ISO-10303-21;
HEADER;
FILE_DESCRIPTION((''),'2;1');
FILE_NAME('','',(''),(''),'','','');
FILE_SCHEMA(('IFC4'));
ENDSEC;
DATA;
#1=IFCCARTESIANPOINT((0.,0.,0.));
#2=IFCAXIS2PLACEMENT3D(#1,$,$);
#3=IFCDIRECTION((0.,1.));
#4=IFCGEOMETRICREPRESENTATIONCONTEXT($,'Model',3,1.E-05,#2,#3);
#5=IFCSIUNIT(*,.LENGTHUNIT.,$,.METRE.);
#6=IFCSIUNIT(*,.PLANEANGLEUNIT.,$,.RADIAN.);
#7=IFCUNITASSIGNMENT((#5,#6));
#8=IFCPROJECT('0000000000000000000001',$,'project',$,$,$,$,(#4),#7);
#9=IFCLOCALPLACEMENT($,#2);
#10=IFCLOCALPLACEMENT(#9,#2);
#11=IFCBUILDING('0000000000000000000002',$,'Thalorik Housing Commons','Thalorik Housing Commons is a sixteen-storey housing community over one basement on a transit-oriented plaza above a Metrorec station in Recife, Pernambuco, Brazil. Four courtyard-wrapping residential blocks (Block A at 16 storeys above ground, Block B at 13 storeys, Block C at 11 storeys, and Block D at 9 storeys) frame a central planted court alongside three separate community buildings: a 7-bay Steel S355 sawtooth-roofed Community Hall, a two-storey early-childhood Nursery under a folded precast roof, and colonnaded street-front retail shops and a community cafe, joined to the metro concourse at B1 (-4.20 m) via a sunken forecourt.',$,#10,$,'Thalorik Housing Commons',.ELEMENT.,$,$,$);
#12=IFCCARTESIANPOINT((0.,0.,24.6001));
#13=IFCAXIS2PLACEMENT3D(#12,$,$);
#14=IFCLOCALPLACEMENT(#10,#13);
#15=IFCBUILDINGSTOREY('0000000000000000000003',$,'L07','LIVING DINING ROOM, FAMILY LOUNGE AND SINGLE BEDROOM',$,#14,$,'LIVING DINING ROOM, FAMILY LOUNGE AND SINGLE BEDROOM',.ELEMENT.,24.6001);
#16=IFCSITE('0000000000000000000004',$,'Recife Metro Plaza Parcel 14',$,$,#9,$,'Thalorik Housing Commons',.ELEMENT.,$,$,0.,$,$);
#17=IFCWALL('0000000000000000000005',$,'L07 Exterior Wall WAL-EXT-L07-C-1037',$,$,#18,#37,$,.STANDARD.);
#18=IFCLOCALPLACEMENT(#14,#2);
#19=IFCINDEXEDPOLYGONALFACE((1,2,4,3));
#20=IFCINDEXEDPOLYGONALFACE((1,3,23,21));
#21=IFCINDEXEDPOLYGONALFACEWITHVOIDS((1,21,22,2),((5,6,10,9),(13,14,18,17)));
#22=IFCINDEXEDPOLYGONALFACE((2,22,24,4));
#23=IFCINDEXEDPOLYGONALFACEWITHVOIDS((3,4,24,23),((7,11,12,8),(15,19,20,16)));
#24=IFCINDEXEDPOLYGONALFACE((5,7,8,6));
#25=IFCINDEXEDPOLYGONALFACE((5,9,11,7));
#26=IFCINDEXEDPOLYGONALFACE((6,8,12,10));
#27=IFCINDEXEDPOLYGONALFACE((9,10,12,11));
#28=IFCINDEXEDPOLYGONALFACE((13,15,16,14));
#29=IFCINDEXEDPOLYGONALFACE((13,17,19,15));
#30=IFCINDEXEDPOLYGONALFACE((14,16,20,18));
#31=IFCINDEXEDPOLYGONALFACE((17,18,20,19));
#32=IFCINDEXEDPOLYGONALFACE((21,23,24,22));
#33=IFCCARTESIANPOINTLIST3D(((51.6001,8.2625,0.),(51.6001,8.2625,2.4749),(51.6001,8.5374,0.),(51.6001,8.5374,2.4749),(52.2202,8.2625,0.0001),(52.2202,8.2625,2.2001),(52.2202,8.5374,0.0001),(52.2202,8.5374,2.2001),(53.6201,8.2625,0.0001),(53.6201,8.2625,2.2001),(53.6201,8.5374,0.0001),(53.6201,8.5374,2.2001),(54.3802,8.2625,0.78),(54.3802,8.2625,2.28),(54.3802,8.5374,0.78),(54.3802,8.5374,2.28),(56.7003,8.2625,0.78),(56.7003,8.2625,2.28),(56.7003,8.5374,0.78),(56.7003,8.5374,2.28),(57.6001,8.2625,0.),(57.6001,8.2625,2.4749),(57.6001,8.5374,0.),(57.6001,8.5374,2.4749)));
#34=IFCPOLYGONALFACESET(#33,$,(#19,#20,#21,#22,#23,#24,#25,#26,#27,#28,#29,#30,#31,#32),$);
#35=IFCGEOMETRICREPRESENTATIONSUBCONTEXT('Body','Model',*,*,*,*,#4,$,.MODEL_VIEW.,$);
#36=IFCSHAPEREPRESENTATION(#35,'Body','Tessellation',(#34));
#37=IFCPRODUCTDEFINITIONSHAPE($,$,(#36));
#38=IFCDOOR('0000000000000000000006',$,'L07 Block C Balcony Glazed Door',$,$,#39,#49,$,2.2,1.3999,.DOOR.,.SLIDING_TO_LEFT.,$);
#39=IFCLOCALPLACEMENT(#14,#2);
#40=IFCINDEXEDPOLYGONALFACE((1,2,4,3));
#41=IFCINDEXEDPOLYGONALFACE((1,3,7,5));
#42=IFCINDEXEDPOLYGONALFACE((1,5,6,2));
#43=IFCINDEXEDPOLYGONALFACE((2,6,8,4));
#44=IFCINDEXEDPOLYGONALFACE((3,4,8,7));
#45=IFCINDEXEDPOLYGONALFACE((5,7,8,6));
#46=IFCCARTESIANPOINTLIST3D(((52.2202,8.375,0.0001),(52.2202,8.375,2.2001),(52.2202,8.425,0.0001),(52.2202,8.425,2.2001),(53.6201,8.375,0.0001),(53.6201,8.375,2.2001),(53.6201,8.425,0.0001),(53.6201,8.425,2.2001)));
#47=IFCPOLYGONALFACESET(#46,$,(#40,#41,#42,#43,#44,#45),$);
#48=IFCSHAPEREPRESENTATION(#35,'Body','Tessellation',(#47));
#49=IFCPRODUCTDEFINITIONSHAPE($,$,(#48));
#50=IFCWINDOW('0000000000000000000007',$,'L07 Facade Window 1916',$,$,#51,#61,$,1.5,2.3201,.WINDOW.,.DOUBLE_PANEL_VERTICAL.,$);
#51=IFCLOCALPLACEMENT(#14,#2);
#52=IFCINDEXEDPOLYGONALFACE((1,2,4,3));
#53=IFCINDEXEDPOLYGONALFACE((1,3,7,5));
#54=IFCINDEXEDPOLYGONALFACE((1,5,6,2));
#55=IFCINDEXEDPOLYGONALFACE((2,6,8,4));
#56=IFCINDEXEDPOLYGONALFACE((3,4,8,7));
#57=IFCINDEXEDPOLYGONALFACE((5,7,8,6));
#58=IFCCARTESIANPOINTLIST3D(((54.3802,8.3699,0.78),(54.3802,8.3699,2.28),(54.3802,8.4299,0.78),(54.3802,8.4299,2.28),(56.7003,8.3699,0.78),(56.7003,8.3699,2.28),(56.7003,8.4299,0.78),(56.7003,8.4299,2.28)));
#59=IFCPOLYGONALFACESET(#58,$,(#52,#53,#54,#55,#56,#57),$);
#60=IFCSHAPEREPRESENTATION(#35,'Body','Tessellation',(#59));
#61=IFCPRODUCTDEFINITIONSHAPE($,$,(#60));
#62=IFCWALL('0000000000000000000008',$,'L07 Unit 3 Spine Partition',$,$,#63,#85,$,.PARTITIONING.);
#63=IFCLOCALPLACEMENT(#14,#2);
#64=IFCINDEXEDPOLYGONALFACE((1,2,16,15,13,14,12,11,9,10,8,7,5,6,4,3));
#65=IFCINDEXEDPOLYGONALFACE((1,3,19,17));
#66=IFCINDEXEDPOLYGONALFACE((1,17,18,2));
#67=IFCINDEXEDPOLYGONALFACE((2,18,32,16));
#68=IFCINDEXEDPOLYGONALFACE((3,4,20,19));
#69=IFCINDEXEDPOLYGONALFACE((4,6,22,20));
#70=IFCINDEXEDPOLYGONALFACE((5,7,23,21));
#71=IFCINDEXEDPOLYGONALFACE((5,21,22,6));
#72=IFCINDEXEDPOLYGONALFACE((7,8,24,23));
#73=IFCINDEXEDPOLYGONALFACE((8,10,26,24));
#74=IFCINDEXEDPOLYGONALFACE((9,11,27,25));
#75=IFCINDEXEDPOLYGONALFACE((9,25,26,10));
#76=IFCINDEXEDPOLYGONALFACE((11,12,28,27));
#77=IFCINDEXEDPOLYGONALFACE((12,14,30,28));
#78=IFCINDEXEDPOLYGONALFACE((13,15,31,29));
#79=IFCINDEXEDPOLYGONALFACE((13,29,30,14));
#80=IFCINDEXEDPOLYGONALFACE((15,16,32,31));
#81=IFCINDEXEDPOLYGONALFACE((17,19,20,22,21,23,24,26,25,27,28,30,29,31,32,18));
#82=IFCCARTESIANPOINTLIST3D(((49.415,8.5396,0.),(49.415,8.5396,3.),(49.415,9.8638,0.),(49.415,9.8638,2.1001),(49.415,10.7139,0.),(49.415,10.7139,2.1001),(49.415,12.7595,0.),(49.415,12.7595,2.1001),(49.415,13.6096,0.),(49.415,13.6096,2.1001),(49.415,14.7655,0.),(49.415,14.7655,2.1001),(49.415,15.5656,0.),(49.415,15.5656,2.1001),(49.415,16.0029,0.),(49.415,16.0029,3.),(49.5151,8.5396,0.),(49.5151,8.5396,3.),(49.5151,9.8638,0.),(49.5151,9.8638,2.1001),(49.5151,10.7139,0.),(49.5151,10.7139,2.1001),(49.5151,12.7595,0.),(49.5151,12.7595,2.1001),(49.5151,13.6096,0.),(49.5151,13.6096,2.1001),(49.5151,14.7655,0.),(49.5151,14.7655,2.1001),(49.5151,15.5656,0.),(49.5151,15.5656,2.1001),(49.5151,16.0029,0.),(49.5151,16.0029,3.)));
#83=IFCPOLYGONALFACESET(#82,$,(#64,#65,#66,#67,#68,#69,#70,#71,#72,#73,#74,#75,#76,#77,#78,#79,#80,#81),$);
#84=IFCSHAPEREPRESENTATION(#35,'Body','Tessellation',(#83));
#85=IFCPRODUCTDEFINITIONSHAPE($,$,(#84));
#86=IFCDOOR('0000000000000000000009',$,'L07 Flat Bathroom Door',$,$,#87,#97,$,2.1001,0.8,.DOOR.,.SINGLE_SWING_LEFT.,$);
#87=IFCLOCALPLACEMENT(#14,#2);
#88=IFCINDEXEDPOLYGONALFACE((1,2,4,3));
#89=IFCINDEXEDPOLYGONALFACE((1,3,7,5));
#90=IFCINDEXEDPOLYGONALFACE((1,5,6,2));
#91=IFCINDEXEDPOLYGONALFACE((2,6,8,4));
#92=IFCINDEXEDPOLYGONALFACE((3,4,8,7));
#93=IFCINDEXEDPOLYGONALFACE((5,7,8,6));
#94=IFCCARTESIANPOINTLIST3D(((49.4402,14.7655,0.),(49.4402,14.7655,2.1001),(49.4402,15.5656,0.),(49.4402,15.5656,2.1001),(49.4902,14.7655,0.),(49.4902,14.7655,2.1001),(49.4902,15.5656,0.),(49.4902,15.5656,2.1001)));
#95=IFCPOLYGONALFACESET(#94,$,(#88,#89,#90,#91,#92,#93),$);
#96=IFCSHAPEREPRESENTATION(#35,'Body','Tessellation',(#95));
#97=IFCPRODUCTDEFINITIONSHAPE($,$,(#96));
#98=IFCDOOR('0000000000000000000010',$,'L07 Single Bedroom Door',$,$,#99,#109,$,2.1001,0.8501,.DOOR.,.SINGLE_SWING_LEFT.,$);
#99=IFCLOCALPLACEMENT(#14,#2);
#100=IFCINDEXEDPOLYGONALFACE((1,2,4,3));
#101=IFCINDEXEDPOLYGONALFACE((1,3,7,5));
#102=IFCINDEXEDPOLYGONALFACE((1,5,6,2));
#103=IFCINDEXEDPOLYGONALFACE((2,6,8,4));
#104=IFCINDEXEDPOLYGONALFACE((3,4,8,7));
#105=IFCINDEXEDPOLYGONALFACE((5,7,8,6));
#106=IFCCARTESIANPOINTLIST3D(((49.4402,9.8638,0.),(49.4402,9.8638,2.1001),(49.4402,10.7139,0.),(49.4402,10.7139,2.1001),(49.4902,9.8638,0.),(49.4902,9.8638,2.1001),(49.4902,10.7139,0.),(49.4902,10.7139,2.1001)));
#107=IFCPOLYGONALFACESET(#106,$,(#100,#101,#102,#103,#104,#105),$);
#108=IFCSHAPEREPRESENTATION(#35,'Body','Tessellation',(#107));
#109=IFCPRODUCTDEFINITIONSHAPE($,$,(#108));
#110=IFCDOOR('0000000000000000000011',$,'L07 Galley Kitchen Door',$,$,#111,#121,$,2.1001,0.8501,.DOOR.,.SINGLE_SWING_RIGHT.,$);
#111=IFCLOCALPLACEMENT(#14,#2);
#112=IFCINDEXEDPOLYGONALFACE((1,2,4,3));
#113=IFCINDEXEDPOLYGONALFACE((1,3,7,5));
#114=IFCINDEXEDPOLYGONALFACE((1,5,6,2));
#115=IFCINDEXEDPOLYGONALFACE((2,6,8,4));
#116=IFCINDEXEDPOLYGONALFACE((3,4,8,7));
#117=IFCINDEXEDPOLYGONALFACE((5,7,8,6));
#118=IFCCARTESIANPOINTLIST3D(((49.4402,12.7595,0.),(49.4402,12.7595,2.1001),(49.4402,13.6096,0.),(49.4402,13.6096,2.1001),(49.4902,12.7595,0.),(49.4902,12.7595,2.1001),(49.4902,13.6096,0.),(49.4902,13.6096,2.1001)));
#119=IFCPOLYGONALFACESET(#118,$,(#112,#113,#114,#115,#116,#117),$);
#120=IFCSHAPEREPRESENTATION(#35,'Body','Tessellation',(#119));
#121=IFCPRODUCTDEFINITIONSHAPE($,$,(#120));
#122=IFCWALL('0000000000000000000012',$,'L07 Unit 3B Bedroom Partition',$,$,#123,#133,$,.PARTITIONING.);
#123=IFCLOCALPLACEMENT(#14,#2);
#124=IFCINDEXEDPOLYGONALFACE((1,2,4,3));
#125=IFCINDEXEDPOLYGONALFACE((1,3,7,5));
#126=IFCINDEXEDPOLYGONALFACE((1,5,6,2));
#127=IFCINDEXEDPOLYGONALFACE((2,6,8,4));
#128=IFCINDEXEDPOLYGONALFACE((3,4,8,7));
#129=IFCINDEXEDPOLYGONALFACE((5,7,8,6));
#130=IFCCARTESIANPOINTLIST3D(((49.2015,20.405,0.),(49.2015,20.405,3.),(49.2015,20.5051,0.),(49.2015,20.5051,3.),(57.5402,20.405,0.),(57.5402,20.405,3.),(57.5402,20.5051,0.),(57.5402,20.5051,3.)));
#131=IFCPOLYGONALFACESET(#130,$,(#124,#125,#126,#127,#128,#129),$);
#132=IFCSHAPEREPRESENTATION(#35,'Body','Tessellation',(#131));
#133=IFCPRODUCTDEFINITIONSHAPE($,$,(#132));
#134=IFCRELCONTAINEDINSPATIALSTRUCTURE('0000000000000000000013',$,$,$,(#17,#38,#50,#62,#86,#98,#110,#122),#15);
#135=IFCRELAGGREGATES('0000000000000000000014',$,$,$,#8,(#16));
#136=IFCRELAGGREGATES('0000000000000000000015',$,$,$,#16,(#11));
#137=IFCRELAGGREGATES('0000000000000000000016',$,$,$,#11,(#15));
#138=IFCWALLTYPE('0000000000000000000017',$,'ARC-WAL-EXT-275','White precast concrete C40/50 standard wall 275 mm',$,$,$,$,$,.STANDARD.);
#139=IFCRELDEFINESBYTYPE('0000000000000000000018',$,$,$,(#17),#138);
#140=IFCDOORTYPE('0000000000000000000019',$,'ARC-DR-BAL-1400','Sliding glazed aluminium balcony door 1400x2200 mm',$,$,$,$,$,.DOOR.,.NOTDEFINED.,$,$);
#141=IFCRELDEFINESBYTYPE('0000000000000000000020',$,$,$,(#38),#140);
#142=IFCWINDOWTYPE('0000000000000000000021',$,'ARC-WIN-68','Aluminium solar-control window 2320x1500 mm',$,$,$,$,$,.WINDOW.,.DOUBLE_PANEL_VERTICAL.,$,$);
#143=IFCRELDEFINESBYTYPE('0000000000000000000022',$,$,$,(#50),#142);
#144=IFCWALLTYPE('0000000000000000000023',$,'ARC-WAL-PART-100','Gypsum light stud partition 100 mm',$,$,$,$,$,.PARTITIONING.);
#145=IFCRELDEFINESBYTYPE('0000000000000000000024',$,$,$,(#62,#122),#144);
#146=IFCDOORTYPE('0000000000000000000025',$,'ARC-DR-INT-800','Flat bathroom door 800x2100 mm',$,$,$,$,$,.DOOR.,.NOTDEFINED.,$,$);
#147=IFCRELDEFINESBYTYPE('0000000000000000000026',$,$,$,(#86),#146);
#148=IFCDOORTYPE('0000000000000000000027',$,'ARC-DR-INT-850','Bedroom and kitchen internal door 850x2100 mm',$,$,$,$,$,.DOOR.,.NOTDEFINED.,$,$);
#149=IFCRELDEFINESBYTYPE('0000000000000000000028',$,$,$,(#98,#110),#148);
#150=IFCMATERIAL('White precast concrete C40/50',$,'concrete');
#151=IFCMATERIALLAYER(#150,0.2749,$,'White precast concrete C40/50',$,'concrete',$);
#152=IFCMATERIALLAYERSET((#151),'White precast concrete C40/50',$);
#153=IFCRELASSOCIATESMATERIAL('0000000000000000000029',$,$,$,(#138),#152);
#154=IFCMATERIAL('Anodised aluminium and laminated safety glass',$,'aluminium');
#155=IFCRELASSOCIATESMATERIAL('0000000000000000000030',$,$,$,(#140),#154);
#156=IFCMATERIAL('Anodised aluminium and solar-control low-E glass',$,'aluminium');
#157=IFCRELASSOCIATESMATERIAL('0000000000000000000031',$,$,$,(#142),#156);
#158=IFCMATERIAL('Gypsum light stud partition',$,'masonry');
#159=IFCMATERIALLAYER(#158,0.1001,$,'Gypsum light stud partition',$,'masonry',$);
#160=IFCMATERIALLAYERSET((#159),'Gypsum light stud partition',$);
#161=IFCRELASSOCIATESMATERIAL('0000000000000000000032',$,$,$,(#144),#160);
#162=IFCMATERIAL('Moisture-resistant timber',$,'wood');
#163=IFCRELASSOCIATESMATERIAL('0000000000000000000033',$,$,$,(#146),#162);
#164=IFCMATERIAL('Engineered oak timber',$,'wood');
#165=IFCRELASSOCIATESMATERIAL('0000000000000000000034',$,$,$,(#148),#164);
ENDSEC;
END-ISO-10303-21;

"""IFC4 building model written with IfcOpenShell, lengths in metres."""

from ifc_helpers import new_model, si_unit, direction, frame, frame_2d, origin, place, context, subcontext, project, spatial, rectangle, extrude, material, layer, layer_set, type_object, element, fill, save


model = new_model("IFC4")

# Units and contexts
model_context = context("Model", 3, precision=1e-05, world=origin(), true_north=direction((0.0, 1.0)))
body_context = subcontext(model_context, "Body", "Model", "MODEL_VIEW")
ifc_project = project(units=[si_unit("LENGTHUNIT", "METRE"), si_unit("PLANEANGLEUNIT", "RADIAN")], contexts=[model_context])

# Site, building, storey
site_placement = place(None, origin())
site = spatial("IfcSite", under=ifc_project, at=site_placement, Name="Recife Metro Plaza Parcel 14", LongName="Thalorik Housing Commons", CompositionType="ELEMENT", RefElevation=0.0)
building_placement = place(site_placement, origin())
building = spatial("IfcBuilding", under=site, at=building_placement, Name="Thalorik Housing Commons", Description="Thalorik Housing Commons is a sixteen-storey housing community over one basement on a transit-oriented plaza above a Metrorec station in Recife, Pernambuco, Brazil. Four courtyard-wrapping residential blocks (Block A at 16 storeys above ground, Block B at 13 storeys, Block C at 11 storeys, and Block D at 9 storeys) frame a central planted court alongside three separate community buildings: a 7-bay Steel S355 sawtooth-roofed Community Hall, a two-storey early-childhood Nursery under a folded precast roof, and colonnaded street-front retail shops and a community cafe, joined to the metro concourse at B1 (-4.20 m) via a sunken forecourt.", LongName="Thalorik Housing Commons", CompositionType="ELEMENT")
storey_placement = place(building_placement, frame((0.0, 0.0, 24.6001)))
storey = spatial("IfcBuildingStorey", under=building, at=storey_placement, Name="L07", Description="LIVING DINING ROOM, FAMILY LOUNGE AND SINGLE BEDROOM", LongName="LIVING DINING ROOM, FAMILY LOUNGE AND SINGLE BEDROOM", CompositionType="ELEMENT", Elevation=24.6001)

# Wall, openings, door, window
ifc_material_1 = material(Name="White precast concrete C40/50", Category="concrete")
ifc_layer_1 = layer(ifc_material_1, 0.2749, Name="White precast concrete C40/50", Category="concrete")
ifc_layer_set_1 = layer_set([ifc_layer_1], Name="White precast concrete C40/50")
wall_type_1 = type_object("IfcWallType", Name="ARC-WAL-EXT-275", Description="White precast concrete C40/50 standard wall 275 mm", PredefinedType="STANDARD", material=ifc_layer_set_1)
wall_1_placement = place(storey_placement, frame((51.6001, 8.3999, 0.0), z_axis=(0.0, 0.0, 1.0), x_axis=(1.0, 0.0, 0.0)))
wall_1 = element("IfcWall", 1, at=wall_1_placement, inside=storey, type_object=wall_type_1, Name="L07 Exterior Wall WAL-EXT-L07-C-1037", PredefinedType="STANDARD", context=body_context, shape_type="SweptSolid", body=[
    extrude(rectangle(XDim=6.0, YDim=0.2749, at=frame_2d((3.0, 0.0))), origin(), (0.0, 0.0, 1.0), 2.4749),
])
opening_1_placement = place(wall_1_placement, frame((0.6201, 0.0, 0.0)))
opening_1 = element("IfcOpeningElement", 2, at=opening_1_placement, cuts=wall_1, PredefinedType="OPENING", context=body_context, shape_type="SweptSolid", body=[
    extrude(rectangle(XDim=1.3999, YDim=2.2, at=frame_2d((0.7, 1.1001))), frame((0.0, 0.1475, 0.0), z_axis=(0.0, -1.0, 0.0), x_axis=(1.0, 0.0, 0.0)), (0.0, 0.0, 1.0), 0.2949),
])
opening_2_placement = place(wall_1_placement, frame((2.78, 0.0, 0.78)))
opening_2 = element("IfcOpeningElement", 3, at=opening_2_placement, cuts=wall_1, PredefinedType="OPENING", context=body_context, shape_type="SweptSolid", body=[
    extrude(rectangle(XDim=2.3201, YDim=1.5, at=frame_2d((1.1602, 0.75))), frame((0.0, 0.1475, 0.0), z_axis=(0.0, -1.0, 0.0), x_axis=(1.0, 0.0, 0.0)), (0.0, 0.0, 1.0), 0.2949),
])
ifc_material_2 = material(Name="Anodised aluminium and laminated safety glass", Category="aluminium")
door_type_1 = type_object("IfcDoorType", Name="ARC-DR-BAL-1400", Description="Sliding glazed aluminium balcony door 1400x2200 mm", OperationType="NOTDEFINED", PredefinedType="DOOR", material=ifc_material_2)
door_1_placement = place(opening_1_placement, frame((1.3999, 0.0, 0.0), z_axis=(0.0, 0.0, 1.0), x_axis=(-1.0, 0.0, 0.0)))
door_1 = element("IfcDoor", 4, at=door_1_placement, inside=storey, type_object=door_type_1, Name="L07 Block C Balcony Glazed Door", OperationType="SLIDING_TO_LEFT", OverallHeight=2.2, OverallWidth=1.3999, PredefinedType="DOOR", context=body_context, shape_type="SweptSolid", body=[
    extrude(rectangle(XDim=1.3999, YDim=2.2, at=frame_2d((0.7, 1.1001))), frame((0.0, 0.0249, 0.0), z_axis=(0.0, -1.0, 0.0), x_axis=(1.0, 0.0, 0.0)), (0.0, 0.0, 1.0), 0.05),
])
fill(opening_1, door_1)
ifc_material_3 = material(Name="Anodised aluminium and solar-control low-E glass", Category="aluminium")
window_type = type_object("IfcWindowType", Name="ARC-WIN-68", Description="Aluminium solar-control window 2320x1500 mm", PartitioningType="DOUBLE_PANEL_VERTICAL", PredefinedType="WINDOW", material=ifc_material_3)
window_placement = place(opening_2_placement, origin())
window = element("IfcWindow", 5, at=window_placement, inside=storey, type_object=window_type, Name="L07 Facade Window 1916", OverallHeight=1.5, OverallWidth=2.3201, PartitioningType="DOUBLE_PANEL_VERTICAL", PredefinedType="WINDOW", context=body_context, shape_type="SweptSolid", body=[
    extrude(rectangle(XDim=2.3201, YDim=1.5, at=frame_2d((1.1602, 0.75))), frame((0.0, 0.03, 0.0), z_axis=(0.0, -1.0, 0.0), x_axis=(1.0, 0.0, 0.0)), (0.0, 0.0, 1.0), 0.0601),
])
fill(opening_2, window)

# Wall, openings, doors
ifc_material_4 = material(Name="Gypsum light stud partition", Category="masonry")
ifc_layer_2 = layer(ifc_material_4, 0.1001, Name="Gypsum light stud partition", Category="masonry")
ifc_layer_set_2 = layer_set([ifc_layer_2], Name="Gypsum light stud partition")
wall_type_2 = type_object("IfcWallType", Name="ARC-WAL-PART-100", Description="Gypsum light stud partition 100 mm", PredefinedType="PARTITIONING", material=ifc_layer_set_2)
wall_2_placement = place(storey_placement, frame((49.4651, 8.5396, 0.0), z_axis=(0.0, 0.0, 1.0), x_axis=(0.0, 1.0, 0.0)))
wall_2 = element("IfcWall", 6, at=wall_2_placement, inside=storey, type_object=wall_type_2, Name="L07 Unit 3 Spine Partition", PredefinedType="PARTITIONING", context=body_context, shape_type="SweptSolid", body=[
    extrude(rectangle(XDim=7.4634, YDim=0.1001, at=frame_2d((3.7317, 0.0))), origin(), (0.0, 0.0, 1.0), 3.0),
])
opening_3_placement = place(wall_2_placement, frame((1.3242, 0.0, 0.0)))
opening_3 = element("IfcOpeningElement", 7, at=opening_3_placement, cuts=wall_2, PredefinedType="OPENING", context=body_context, shape_type="SweptSolid", body=[
    extrude(rectangle(XDim=0.8501, YDim=2.1001, at=frame_2d((0.425, 1.05))), frame((0.0, 0.0601, 0.0), z_axis=(0.0, -1.0, 0.0), x_axis=(1.0, 0.0, 0.0)), (0.0, 0.0, 1.0), 0.1201),
])
opening_4_placement = place(wall_2_placement, frame((4.22, 0.0, 0.0)))
opening_4 = element("IfcOpeningElement", 8, at=opening_4_placement, cuts=wall_2, PredefinedType="OPENING", context=body_context, shape_type="SweptSolid", body=[
    extrude(rectangle(XDim=0.8501, YDim=2.1001, at=frame_2d((0.425, 1.05))), frame((0.0, 0.0601, 0.0), z_axis=(0.0, -1.0, 0.0), x_axis=(1.0, 0.0, 0.0)), (0.0, 0.0, 1.0), 0.1201),
])
opening_5_placement = place(wall_2_placement, frame((6.2261, 0.0, 0.0)))
opening_5 = element("IfcOpeningElement", 9, at=opening_5_placement, cuts=wall_2, PredefinedType="OPENING", context=body_context, shape_type="SweptSolid", body=[
    extrude(rectangle(XDim=0.8, YDim=2.1001, at=frame_2d((0.3999, 1.05))), frame((0.0, 0.0601, 0.0), z_axis=(0.0, -1.0, 0.0), x_axis=(1.0, 0.0, 0.0)), (0.0, 0.0, 1.0), 0.1201),
])
ifc_material_5 = material(Name="Moisture-resistant timber", Category="wood")
door_type_2 = type_object("IfcDoorType", Name="ARC-DR-INT-800", Description="Flat bathroom door 800x2100 mm", OperationType="NOTDEFINED", PredefinedType="DOOR", material=ifc_material_5)
door_2_placement = place(opening_5_placement, origin())
door_2 = element("IfcDoor", 10, at=door_2_placement, inside=storey, type_object=door_type_2, Name="L07 Flat Bathroom Door", OperationType="SINGLE_SWING_LEFT", OverallHeight=2.1001, OverallWidth=0.8, PredefinedType="DOOR", context=body_context, shape_type="SweptSolid", body=[
    extrude(rectangle(XDim=0.8, YDim=2.1001, at=frame_2d((0.3999, 1.05))), frame((0.0, 0.0249, 0.0), z_axis=(0.0, -1.0, 0.0), x_axis=(1.0, 0.0, 0.0)), (0.0, 0.0, 1.0), 0.05),
])
fill(opening_5, door_2)
ifc_material_6 = material(Name="Engineered oak timber", Category="wood")
door_type_3 = type_object("IfcDoorType", Name="ARC-DR-INT-850", Description="Bedroom and kitchen internal door 850x2100 mm", OperationType="NOTDEFINED", PredefinedType="DOOR", material=ifc_material_6)
door_3_placement = place(opening_3_placement, origin())
door_3 = element("IfcDoor", 11, at=door_3_placement, inside=storey, type_object=door_type_3, Name="L07 Single Bedroom Door", OperationType="SINGLE_SWING_LEFT", OverallHeight=2.1001, OverallWidth=0.8501, PredefinedType="DOOR", context=body_context, shape_type="SweptSolid", body=[
    extrude(rectangle(XDim=0.8501, YDim=2.1001, at=frame_2d((0.425, 1.05))), frame((0.0, 0.0249, 0.0), z_axis=(0.0, -1.0, 0.0), x_axis=(1.0, 0.0, 0.0)), (0.0, 0.0, 1.0), 0.05),
])
fill(opening_3, door_3)
door_4_placement = place(opening_4_placement, origin())
door_4 = element("IfcDoor", 12, at=door_4_placement, inside=storey, type_object=door_type_3, Name="L07 Galley Kitchen Door", OperationType="SINGLE_SWING_RIGHT", OverallHeight=2.1001, OverallWidth=0.8501, PredefinedType="DOOR", context=body_context, shape_type="SweptSolid", body=[
    extrude(rectangle(XDim=0.8501, YDim=2.1001, at=frame_2d((0.425, 1.05))), frame((0.0, 0.0249, 0.0), z_axis=(0.0, -1.0, 0.0), x_axis=(1.0, 0.0, 0.0)), (0.0, 0.0, 1.0), 0.05),
])
fill(opening_4, door_4)

# Wall
wall_3_placement = place(storey_placement, frame((49.2014, 20.4551, 0.0), z_axis=(0.0, 0.0, 1.0), x_axis=(1.0, 0.0, 0.0)))
element("IfcWall", 13, at=wall_3_placement, inside=storey, type_object=wall_type_2, Name="L07 Unit 3B Bedroom Partition", PredefinedType="PARTITIONING", context=body_context, shape_type="SweptSolid", body=[
    extrude(rectangle(XDim=8.3386, YDim=0.1001, at=frame_2d((4.1694, 0.0))), origin(), (0.0, 0.0, 1.0), 3.0),
])

save(model, "model.ifc")
